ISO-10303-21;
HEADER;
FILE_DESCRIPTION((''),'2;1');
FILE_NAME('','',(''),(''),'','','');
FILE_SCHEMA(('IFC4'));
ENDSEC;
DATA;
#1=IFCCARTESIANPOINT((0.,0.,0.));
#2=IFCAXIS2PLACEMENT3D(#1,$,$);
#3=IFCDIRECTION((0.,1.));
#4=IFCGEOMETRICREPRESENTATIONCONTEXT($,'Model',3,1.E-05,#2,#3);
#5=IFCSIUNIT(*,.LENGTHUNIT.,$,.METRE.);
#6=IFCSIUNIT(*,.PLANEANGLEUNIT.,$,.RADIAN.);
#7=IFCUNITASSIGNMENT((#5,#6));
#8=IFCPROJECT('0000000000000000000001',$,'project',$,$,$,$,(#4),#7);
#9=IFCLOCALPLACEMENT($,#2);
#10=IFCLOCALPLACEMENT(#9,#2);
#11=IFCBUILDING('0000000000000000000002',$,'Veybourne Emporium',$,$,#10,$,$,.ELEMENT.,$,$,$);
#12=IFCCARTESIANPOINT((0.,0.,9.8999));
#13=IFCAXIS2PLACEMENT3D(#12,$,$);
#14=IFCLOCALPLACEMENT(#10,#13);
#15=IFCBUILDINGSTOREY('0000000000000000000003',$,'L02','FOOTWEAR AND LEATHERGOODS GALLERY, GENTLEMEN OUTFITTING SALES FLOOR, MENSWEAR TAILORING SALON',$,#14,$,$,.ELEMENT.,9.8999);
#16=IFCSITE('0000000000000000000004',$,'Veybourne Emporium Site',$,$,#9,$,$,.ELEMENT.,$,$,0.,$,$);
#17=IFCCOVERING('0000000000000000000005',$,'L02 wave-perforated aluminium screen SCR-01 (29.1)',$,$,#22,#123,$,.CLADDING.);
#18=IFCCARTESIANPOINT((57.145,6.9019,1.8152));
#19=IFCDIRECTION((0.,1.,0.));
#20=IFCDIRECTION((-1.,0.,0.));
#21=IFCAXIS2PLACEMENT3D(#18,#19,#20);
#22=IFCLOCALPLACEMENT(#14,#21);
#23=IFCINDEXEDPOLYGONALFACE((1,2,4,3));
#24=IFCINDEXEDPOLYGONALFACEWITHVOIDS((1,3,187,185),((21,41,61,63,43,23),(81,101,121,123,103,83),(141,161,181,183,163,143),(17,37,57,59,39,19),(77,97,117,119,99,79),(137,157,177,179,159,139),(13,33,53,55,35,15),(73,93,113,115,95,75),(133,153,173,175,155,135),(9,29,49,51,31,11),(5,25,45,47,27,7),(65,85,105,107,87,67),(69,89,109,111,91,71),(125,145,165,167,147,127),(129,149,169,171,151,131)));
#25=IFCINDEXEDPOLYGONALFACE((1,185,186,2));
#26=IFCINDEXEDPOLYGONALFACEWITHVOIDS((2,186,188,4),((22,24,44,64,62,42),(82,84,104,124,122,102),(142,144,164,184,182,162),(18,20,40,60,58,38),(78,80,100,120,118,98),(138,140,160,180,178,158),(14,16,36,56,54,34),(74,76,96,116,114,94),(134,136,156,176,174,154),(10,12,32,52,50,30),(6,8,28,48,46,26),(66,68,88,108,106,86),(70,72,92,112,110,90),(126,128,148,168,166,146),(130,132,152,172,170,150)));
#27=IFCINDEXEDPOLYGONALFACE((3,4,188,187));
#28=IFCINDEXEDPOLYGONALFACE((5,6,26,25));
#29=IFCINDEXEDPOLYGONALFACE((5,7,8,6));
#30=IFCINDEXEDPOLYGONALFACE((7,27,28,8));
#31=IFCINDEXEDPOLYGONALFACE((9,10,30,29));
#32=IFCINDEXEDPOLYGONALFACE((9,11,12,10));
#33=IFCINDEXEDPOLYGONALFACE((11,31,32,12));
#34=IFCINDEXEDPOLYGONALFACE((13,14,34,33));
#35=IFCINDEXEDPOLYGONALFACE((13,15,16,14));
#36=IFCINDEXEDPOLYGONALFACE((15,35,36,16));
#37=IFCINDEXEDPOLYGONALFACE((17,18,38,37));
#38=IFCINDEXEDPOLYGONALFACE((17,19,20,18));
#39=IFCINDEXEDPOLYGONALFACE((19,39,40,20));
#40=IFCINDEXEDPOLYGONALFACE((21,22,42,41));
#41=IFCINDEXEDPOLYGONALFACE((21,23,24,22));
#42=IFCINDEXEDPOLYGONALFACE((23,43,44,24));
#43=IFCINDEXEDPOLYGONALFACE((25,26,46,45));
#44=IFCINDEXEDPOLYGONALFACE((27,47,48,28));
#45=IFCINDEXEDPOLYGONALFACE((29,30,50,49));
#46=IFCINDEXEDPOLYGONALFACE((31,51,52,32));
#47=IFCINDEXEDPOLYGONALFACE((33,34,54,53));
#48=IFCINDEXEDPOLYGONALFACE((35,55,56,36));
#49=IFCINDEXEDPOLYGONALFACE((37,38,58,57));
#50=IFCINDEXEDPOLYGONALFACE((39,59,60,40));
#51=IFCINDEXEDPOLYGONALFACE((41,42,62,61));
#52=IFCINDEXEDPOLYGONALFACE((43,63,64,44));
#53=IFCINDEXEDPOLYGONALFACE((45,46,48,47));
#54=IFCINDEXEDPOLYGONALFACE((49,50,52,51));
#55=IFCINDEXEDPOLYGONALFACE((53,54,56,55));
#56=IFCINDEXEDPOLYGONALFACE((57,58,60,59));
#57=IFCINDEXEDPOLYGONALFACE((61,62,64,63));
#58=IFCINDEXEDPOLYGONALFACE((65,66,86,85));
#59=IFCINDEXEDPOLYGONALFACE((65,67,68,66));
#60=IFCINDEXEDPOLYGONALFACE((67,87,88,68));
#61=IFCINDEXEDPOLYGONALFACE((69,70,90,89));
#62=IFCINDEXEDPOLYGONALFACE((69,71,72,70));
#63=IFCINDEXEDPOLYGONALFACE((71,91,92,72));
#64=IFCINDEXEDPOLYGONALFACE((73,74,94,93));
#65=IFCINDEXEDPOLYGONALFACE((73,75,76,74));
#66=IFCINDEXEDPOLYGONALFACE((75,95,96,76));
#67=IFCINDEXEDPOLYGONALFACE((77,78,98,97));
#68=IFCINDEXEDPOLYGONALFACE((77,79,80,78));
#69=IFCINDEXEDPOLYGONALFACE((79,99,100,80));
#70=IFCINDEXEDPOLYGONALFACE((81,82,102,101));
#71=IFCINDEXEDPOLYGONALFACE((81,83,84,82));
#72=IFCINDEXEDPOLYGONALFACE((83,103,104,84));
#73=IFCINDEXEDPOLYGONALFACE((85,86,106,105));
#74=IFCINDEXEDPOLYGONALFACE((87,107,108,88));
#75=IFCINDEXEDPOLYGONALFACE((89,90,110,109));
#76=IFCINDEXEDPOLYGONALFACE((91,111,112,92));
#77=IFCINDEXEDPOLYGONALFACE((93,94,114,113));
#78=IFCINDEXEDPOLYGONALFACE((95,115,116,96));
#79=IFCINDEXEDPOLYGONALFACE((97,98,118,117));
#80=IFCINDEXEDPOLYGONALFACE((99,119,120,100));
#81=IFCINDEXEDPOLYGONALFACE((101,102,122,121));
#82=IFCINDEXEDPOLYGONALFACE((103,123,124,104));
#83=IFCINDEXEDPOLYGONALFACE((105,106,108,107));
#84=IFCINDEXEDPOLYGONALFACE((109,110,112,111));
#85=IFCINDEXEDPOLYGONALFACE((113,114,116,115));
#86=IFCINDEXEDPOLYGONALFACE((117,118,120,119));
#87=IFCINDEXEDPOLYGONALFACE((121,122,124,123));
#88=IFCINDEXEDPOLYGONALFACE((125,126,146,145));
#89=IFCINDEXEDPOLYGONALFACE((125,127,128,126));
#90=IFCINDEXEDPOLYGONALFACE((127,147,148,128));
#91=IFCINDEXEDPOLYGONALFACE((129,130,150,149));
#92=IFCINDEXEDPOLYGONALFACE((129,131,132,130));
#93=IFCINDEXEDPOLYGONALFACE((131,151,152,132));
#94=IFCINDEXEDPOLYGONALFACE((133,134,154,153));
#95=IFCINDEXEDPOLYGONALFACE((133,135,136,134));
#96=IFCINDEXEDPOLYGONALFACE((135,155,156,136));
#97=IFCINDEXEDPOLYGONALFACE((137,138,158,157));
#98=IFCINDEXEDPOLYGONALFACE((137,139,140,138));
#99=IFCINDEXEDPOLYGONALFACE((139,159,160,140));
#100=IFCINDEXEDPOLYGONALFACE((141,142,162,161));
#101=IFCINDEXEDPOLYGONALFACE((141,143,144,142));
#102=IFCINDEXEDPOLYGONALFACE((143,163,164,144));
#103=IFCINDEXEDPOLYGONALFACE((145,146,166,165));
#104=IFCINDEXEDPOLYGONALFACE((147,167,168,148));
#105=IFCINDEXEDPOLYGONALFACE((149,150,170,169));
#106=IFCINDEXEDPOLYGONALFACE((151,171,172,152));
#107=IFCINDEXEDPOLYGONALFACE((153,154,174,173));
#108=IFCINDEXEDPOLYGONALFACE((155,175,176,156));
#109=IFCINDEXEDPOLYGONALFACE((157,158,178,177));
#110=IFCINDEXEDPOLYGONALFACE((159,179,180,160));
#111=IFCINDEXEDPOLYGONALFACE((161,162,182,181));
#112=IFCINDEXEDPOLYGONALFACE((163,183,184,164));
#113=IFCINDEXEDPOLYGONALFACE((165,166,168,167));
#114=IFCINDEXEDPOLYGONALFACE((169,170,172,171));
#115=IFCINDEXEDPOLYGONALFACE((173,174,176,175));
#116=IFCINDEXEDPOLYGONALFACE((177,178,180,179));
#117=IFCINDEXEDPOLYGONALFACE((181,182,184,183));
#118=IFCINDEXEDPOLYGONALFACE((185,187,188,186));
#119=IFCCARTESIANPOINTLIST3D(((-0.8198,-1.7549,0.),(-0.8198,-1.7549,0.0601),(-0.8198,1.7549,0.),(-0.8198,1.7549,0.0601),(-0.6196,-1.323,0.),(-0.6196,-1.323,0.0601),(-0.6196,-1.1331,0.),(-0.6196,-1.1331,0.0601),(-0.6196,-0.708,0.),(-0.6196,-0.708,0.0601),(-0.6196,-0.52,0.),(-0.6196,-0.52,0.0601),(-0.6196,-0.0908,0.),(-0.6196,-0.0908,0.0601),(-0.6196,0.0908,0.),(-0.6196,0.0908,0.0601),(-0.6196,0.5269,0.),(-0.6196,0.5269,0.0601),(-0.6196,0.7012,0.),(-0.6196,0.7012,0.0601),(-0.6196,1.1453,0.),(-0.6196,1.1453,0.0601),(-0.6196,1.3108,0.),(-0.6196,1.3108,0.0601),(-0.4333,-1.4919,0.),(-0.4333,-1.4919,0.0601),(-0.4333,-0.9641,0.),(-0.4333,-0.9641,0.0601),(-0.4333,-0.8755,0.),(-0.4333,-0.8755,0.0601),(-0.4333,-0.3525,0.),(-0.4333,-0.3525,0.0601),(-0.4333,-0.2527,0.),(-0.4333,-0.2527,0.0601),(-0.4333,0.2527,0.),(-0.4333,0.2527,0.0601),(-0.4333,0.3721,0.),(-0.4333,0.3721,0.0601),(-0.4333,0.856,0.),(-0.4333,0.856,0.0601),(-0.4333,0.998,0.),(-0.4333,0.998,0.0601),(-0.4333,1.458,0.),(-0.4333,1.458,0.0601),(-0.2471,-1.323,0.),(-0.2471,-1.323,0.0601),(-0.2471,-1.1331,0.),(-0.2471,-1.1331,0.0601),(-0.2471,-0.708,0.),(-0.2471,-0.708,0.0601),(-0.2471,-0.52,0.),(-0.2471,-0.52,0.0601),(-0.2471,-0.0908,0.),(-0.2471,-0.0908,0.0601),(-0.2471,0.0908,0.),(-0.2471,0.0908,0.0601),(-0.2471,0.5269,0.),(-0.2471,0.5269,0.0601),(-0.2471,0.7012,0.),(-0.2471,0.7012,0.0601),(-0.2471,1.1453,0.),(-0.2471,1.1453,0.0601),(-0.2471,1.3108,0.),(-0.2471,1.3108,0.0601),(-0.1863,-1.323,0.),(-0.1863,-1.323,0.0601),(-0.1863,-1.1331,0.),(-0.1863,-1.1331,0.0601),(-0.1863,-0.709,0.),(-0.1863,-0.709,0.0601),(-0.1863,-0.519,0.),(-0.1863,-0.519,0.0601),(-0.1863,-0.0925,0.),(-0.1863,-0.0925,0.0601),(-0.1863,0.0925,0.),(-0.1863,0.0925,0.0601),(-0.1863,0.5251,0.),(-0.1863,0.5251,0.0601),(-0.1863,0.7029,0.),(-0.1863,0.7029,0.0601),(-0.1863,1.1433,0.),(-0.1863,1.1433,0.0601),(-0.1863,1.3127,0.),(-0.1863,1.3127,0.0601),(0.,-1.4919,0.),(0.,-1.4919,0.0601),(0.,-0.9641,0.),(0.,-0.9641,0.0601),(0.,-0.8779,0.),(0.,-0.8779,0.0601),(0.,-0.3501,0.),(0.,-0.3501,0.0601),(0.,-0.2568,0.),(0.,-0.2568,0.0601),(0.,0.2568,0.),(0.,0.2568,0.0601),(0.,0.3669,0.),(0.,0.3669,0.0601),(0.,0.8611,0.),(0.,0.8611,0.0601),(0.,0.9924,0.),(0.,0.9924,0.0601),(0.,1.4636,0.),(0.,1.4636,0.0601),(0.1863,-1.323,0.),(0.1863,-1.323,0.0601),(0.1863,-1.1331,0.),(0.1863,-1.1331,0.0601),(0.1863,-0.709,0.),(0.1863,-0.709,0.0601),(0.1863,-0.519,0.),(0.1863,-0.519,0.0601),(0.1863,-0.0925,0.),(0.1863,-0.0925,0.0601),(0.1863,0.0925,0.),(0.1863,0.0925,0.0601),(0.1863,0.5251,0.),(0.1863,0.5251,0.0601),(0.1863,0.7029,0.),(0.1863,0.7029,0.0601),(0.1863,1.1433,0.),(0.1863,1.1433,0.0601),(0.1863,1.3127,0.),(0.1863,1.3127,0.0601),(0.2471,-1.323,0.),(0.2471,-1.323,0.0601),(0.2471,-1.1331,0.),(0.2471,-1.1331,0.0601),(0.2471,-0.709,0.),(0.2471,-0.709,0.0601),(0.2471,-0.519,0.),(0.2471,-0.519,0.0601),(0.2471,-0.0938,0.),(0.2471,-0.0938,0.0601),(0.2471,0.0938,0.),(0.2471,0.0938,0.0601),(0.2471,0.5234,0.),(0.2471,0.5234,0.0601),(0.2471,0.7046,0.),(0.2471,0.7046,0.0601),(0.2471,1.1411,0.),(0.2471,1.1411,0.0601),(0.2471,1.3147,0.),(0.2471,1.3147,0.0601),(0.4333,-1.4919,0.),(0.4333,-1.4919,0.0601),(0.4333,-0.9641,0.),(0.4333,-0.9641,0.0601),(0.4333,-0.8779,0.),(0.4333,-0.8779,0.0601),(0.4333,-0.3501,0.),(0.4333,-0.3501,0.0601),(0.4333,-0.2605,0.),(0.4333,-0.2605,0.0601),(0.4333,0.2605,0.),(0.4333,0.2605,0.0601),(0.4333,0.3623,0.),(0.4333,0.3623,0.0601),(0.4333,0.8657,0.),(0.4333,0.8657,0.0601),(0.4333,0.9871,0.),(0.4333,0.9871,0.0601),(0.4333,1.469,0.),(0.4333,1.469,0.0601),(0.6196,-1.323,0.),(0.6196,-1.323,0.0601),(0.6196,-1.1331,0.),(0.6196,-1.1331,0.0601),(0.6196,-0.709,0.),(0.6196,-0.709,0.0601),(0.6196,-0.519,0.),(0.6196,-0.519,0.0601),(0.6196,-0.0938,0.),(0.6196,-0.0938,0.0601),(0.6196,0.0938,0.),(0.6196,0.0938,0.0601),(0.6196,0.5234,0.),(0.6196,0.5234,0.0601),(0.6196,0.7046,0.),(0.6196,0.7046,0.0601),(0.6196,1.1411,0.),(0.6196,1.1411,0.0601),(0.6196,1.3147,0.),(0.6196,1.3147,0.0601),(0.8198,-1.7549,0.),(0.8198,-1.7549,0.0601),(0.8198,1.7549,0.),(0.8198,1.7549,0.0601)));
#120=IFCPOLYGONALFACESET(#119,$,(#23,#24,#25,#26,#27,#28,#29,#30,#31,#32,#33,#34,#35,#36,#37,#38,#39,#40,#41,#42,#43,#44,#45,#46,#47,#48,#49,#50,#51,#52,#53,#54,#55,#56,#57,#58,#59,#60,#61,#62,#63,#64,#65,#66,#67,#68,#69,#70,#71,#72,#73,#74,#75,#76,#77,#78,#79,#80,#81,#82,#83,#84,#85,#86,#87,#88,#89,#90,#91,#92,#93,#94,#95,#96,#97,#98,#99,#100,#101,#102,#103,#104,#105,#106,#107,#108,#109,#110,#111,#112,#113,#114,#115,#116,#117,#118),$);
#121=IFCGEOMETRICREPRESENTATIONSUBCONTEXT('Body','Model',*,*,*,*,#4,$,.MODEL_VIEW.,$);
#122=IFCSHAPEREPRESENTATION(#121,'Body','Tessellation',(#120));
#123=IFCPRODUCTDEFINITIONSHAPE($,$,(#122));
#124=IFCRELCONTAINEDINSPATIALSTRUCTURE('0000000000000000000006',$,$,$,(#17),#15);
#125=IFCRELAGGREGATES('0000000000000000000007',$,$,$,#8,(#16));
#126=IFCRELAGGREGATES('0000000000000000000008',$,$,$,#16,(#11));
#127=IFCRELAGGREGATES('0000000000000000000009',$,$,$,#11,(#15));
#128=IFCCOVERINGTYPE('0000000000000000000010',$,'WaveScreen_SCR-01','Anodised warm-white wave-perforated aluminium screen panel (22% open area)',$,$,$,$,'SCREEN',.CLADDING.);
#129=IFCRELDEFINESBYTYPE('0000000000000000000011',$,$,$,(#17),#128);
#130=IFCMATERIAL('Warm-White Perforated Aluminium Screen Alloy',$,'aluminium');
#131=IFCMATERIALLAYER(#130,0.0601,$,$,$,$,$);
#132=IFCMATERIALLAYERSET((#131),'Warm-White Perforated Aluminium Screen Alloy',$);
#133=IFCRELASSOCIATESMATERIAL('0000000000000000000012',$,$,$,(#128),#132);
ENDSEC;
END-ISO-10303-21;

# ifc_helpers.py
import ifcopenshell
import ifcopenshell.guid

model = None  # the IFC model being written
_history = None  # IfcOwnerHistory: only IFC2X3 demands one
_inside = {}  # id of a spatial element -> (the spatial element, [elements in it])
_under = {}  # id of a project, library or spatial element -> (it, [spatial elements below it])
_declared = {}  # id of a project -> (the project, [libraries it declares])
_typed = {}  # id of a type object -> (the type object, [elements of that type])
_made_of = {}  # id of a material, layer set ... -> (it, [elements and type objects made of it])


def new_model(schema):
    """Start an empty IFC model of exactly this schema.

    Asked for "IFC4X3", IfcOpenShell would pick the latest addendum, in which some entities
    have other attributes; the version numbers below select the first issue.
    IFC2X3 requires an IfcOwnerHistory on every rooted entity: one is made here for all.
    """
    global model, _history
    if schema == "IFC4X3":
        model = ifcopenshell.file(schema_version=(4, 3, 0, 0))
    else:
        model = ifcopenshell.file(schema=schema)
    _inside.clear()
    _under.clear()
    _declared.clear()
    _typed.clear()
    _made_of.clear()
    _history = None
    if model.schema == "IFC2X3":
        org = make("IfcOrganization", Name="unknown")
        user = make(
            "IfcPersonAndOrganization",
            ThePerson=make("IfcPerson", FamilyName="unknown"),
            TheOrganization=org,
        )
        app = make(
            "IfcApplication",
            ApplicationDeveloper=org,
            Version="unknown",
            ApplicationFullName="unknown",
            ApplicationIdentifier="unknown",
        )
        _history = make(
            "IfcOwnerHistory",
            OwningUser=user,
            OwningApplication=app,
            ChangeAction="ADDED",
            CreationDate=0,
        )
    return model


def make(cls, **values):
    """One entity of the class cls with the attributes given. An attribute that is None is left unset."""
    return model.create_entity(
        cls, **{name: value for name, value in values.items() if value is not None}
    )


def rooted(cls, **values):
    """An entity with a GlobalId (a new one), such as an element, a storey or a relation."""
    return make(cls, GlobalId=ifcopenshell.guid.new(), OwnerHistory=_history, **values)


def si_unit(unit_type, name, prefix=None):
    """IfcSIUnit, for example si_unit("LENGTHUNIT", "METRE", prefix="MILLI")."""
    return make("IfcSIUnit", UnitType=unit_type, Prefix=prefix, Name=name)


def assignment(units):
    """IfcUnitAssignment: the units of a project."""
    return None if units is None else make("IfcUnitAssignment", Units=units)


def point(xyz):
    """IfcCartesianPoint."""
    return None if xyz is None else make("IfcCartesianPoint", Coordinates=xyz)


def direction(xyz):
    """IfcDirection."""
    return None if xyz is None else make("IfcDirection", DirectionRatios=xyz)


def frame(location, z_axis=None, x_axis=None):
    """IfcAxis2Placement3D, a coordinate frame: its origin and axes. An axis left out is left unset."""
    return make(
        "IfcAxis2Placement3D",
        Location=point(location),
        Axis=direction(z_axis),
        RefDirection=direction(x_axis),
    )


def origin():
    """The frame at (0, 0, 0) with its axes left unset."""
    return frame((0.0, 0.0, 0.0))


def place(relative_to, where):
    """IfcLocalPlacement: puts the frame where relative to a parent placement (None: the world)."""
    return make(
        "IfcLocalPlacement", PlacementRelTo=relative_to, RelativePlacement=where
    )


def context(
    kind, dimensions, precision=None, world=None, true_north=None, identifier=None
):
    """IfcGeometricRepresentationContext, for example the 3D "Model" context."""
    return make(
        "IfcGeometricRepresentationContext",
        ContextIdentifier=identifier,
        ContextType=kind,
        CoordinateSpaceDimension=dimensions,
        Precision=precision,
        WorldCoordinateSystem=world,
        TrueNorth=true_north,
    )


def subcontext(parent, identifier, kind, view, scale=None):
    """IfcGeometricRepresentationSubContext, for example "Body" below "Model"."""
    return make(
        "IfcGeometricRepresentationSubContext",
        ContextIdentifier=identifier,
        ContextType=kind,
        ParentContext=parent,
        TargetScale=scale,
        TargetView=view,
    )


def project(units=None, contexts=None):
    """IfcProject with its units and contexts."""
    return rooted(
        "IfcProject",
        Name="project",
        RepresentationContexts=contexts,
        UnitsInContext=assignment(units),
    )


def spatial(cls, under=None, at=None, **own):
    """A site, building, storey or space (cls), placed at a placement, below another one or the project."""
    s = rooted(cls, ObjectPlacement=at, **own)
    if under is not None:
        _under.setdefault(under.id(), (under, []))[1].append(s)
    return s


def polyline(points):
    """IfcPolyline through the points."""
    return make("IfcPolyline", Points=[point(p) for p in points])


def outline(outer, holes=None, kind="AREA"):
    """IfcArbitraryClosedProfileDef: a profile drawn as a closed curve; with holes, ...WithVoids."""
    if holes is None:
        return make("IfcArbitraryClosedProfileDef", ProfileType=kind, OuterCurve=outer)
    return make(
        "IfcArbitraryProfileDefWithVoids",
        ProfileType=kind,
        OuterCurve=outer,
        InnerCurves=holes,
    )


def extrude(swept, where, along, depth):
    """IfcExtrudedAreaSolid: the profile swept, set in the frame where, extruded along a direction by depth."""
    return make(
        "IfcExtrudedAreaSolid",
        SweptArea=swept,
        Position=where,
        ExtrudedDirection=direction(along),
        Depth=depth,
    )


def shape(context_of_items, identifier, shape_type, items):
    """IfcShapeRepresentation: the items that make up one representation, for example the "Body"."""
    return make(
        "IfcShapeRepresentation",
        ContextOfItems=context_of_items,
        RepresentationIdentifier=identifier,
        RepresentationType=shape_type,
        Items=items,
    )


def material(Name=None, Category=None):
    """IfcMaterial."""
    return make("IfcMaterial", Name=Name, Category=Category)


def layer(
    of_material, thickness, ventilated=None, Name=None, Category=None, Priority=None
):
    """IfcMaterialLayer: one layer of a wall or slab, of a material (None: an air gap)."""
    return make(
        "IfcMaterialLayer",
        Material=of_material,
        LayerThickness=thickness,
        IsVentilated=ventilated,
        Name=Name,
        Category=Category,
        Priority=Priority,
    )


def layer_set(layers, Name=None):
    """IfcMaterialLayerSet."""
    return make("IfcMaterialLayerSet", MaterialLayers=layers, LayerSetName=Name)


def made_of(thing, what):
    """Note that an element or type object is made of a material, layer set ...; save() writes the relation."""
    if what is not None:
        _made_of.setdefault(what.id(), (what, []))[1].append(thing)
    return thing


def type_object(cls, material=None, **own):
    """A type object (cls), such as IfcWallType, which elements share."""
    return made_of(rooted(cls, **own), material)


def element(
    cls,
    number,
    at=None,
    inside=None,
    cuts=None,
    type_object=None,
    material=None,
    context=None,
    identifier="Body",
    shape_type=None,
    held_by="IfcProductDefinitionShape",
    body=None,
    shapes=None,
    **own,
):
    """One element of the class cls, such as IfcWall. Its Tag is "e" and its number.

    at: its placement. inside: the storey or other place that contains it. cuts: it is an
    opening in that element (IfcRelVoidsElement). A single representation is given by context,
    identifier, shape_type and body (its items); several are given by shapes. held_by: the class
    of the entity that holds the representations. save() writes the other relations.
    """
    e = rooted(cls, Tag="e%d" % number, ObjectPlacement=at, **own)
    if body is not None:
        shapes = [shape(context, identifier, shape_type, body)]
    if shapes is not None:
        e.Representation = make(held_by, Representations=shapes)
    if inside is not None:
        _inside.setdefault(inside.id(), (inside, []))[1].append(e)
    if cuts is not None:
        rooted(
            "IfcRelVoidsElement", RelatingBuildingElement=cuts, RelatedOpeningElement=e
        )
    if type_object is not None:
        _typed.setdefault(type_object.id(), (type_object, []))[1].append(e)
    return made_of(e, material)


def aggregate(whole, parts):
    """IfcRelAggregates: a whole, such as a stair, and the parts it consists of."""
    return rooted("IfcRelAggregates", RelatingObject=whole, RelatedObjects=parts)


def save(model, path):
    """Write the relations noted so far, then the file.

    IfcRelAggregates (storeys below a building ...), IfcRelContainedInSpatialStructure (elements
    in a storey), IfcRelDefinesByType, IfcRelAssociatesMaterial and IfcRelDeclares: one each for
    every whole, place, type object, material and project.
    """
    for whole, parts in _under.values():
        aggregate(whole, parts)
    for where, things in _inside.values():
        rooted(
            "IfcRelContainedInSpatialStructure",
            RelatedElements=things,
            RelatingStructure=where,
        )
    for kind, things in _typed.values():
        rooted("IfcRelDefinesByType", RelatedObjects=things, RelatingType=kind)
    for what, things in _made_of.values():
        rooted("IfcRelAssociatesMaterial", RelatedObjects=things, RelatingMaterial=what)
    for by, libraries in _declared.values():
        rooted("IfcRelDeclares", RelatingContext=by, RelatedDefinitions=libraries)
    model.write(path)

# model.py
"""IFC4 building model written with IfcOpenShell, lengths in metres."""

from ifc_helpers import new_model, si_unit, direction, frame, origin, place, context, subcontext, project, spatial, polyline, outline, extrude, material, layer, layer_set, type_object, element, save


model = new_model("IFC4")

# Units and contexts
model_context = context("Model", 3, precision=1e-05, world=origin(), true_north=direction((0.0, 1.0)))
body_context = subcontext(model_context, "Body", "Model", "MODEL_VIEW")
ifc_project = project(units=[si_unit("LENGTHUNIT", "METRE"), si_unit("PLANEANGLEUNIT", "RADIAN")], contexts=[model_context])

# Site, building, storey
site_placement = place(None, origin())
site = spatial("IfcSite", under=ifc_project, at=site_placement, Name="Veybourne Emporium Site", CompositionType="ELEMENT", RefElevation=0.0)
building_placement = place(site_placement, origin())
building = spatial("IfcBuilding", under=site, at=building_placement, Name="Veybourne Emporium", CompositionType="ELEMENT")
storey_placement = place(building_placement, frame((0.0, 0.0, 9.8999)))
storey = spatial("IfcBuildingStorey", under=building, at=storey_placement, Name="L02", Description="FOOTWEAR AND LEATHERGOODS GALLERY, GENTLEMEN OUTFITTING SALES FLOOR, MENSWEAR TAILORING SALON", CompositionType="ELEMENT", Elevation=9.8999)

# Covering
ifc_material_1 = material(Name="Warm-White Perforated Aluminium Screen Alloy", Category="aluminium")
ifc_layer_1 = layer(ifc_material_1, 0.0601)
ifc_layer_set_1 = layer_set([ifc_layer_1], Name="Warm-White Perforated Aluminium Screen Alloy")
covering_type_1 = type_object("IfcCoveringType", Name="WaveScreen_SCR-01", Description="Anodised warm-white wave-perforated aluminium screen panel (22% open area)", ElementType="SCREEN", PredefinedType="CLADDING", material=ifc_layer_set_1)
covering_1_placement = place(storey_placement, frame((57.145, 6.9019, 1.8152), z_axis=(0.0, 1.0, 0.0), x_axis=(-1.0, 0.0, 0.0)))
element("IfcCovering", 1, at=covering_1_placement, inside=storey, type_object=covering_type_1, Name="L02 wave-perforated aluminium screen SCR-01 (29.1)", PredefinedType="CLADDING", context=body_context, shape_type="SweptSolid", body=[
    extrude(outline(polyline([(-0.8198, -1.7549), (0.8198, -1.7549), (0.8198, 1.7549), (-0.8198, 1.7549), (-0.8198, -1.7549)]), holes=[polyline([(-0.4333, -0.9641), (-0.2471, -1.1331), (-0.2471, -1.323), (-0.4333, -1.4919), (-0.6196, -1.323), (-0.6196, -1.1331), (-0.4333, -0.9641)]), polyline([(-0.4333, -0.3525), (-0.2471, -0.52), (-0.2471, -0.708), (-0.4333, -0.8755), (-0.6196, -0.708), (-0.6196, -0.52), (-0.4333, -0.3525)]), polyline([(-0.4333, 0.2527), (-0.2471, 0.0908), (-0.2471, -0.0908), (-0.4333, -0.2527), (-0.6196, -0.0908), (-0.6196, 0.0908), (-0.4333, 0.2527)]), polyline([(-0.4333, 0.856), (-0.2471, 0.7012), (-0.2471, 0.5269), (-0.4333, 0.3721), (-0.6196, 0.5269), (-0.6196, 0.7012), (-0.4333, 0.856)]), polyline([(-0.4333, 1.458), (-0.2471, 1.3108), (-0.2471, 1.1453), (-0.4333, 0.998), (-0.6196, 1.1453), (-0.6196, 1.3108), (-0.4333, 1.458)]), polyline([(0.0, -0.9641), (0.1863, -1.1331), (0.1863, -1.323), (0.0, -1.4919), (-0.1863, -1.323), (-0.1863, -1.1331), (0.0, -0.9641)]), polyline([(0.0, -0.3501), (0.1863, -0.519), (0.1863, -0.709), (0.0, -0.8779), (-0.1863, -0.709), (-0.1863, -0.519), (0.0, -0.3501)]), polyline([(0.0, 0.2568), (0.1863, 0.0925), (0.1863, -0.0925), (0.0, -0.2568), (-0.1863, -0.0925), (-0.1863, 0.0925), (0.0, 0.2568)]), polyline([(0.0, 0.8611), (0.1863, 0.7029), (0.1863, 0.5251), (0.0, 0.3669), (-0.1863, 0.5251), (-0.1863, 0.7029), (0.0, 0.8611)]), polyline([(0.0, 1.4636), (0.1863, 1.3127), (0.1863, 1.1433), (0.0, 0.9924), (-0.1863, 1.1433), (-0.1863, 1.3127), (0.0, 1.4636)]), polyline([(0.4333, -0.9641), (0.6196, -1.1331), (0.6196, -1.323), (0.4333, -1.4919), (0.2471, -1.323), (0.2471, -1.1331), (0.4333, -0.9641)]), polyline([(0.4333, -0.3501), (0.6196, -0.519), (0.6196, -0.709), (0.4333, -0.8779), (0.2471, -0.709), (0.2471, -0.519), (0.4333, -0.3501)]), polyline([(0.4333, 0.2605), (0.6196, 0.0938), (0.6196, -0.0938), (0.4333, -0.2605), (0.2471, -0.0938), (0.2471, 0.0938), (0.4333, 0.2605)]), polyline([(0.4333, 0.8657), (0.6196, 0.7046), (0.6196, 0.5234), (0.4333, 0.3623), (0.2471, 0.5234), (0.2471, 0.7046), (0.4333, 0.8657)]), polyline([(0.4333, 1.469), (0.6196, 1.3147), (0.6196, 1.1411), (0.4333, 0.9871), (0.2471, 1.1411), (0.2471, 1.3147), (0.4333, 1.469)])]), origin(), (0.0, 0.0, 1.0), 0.0601),
])

save(model, "model.ifc")
